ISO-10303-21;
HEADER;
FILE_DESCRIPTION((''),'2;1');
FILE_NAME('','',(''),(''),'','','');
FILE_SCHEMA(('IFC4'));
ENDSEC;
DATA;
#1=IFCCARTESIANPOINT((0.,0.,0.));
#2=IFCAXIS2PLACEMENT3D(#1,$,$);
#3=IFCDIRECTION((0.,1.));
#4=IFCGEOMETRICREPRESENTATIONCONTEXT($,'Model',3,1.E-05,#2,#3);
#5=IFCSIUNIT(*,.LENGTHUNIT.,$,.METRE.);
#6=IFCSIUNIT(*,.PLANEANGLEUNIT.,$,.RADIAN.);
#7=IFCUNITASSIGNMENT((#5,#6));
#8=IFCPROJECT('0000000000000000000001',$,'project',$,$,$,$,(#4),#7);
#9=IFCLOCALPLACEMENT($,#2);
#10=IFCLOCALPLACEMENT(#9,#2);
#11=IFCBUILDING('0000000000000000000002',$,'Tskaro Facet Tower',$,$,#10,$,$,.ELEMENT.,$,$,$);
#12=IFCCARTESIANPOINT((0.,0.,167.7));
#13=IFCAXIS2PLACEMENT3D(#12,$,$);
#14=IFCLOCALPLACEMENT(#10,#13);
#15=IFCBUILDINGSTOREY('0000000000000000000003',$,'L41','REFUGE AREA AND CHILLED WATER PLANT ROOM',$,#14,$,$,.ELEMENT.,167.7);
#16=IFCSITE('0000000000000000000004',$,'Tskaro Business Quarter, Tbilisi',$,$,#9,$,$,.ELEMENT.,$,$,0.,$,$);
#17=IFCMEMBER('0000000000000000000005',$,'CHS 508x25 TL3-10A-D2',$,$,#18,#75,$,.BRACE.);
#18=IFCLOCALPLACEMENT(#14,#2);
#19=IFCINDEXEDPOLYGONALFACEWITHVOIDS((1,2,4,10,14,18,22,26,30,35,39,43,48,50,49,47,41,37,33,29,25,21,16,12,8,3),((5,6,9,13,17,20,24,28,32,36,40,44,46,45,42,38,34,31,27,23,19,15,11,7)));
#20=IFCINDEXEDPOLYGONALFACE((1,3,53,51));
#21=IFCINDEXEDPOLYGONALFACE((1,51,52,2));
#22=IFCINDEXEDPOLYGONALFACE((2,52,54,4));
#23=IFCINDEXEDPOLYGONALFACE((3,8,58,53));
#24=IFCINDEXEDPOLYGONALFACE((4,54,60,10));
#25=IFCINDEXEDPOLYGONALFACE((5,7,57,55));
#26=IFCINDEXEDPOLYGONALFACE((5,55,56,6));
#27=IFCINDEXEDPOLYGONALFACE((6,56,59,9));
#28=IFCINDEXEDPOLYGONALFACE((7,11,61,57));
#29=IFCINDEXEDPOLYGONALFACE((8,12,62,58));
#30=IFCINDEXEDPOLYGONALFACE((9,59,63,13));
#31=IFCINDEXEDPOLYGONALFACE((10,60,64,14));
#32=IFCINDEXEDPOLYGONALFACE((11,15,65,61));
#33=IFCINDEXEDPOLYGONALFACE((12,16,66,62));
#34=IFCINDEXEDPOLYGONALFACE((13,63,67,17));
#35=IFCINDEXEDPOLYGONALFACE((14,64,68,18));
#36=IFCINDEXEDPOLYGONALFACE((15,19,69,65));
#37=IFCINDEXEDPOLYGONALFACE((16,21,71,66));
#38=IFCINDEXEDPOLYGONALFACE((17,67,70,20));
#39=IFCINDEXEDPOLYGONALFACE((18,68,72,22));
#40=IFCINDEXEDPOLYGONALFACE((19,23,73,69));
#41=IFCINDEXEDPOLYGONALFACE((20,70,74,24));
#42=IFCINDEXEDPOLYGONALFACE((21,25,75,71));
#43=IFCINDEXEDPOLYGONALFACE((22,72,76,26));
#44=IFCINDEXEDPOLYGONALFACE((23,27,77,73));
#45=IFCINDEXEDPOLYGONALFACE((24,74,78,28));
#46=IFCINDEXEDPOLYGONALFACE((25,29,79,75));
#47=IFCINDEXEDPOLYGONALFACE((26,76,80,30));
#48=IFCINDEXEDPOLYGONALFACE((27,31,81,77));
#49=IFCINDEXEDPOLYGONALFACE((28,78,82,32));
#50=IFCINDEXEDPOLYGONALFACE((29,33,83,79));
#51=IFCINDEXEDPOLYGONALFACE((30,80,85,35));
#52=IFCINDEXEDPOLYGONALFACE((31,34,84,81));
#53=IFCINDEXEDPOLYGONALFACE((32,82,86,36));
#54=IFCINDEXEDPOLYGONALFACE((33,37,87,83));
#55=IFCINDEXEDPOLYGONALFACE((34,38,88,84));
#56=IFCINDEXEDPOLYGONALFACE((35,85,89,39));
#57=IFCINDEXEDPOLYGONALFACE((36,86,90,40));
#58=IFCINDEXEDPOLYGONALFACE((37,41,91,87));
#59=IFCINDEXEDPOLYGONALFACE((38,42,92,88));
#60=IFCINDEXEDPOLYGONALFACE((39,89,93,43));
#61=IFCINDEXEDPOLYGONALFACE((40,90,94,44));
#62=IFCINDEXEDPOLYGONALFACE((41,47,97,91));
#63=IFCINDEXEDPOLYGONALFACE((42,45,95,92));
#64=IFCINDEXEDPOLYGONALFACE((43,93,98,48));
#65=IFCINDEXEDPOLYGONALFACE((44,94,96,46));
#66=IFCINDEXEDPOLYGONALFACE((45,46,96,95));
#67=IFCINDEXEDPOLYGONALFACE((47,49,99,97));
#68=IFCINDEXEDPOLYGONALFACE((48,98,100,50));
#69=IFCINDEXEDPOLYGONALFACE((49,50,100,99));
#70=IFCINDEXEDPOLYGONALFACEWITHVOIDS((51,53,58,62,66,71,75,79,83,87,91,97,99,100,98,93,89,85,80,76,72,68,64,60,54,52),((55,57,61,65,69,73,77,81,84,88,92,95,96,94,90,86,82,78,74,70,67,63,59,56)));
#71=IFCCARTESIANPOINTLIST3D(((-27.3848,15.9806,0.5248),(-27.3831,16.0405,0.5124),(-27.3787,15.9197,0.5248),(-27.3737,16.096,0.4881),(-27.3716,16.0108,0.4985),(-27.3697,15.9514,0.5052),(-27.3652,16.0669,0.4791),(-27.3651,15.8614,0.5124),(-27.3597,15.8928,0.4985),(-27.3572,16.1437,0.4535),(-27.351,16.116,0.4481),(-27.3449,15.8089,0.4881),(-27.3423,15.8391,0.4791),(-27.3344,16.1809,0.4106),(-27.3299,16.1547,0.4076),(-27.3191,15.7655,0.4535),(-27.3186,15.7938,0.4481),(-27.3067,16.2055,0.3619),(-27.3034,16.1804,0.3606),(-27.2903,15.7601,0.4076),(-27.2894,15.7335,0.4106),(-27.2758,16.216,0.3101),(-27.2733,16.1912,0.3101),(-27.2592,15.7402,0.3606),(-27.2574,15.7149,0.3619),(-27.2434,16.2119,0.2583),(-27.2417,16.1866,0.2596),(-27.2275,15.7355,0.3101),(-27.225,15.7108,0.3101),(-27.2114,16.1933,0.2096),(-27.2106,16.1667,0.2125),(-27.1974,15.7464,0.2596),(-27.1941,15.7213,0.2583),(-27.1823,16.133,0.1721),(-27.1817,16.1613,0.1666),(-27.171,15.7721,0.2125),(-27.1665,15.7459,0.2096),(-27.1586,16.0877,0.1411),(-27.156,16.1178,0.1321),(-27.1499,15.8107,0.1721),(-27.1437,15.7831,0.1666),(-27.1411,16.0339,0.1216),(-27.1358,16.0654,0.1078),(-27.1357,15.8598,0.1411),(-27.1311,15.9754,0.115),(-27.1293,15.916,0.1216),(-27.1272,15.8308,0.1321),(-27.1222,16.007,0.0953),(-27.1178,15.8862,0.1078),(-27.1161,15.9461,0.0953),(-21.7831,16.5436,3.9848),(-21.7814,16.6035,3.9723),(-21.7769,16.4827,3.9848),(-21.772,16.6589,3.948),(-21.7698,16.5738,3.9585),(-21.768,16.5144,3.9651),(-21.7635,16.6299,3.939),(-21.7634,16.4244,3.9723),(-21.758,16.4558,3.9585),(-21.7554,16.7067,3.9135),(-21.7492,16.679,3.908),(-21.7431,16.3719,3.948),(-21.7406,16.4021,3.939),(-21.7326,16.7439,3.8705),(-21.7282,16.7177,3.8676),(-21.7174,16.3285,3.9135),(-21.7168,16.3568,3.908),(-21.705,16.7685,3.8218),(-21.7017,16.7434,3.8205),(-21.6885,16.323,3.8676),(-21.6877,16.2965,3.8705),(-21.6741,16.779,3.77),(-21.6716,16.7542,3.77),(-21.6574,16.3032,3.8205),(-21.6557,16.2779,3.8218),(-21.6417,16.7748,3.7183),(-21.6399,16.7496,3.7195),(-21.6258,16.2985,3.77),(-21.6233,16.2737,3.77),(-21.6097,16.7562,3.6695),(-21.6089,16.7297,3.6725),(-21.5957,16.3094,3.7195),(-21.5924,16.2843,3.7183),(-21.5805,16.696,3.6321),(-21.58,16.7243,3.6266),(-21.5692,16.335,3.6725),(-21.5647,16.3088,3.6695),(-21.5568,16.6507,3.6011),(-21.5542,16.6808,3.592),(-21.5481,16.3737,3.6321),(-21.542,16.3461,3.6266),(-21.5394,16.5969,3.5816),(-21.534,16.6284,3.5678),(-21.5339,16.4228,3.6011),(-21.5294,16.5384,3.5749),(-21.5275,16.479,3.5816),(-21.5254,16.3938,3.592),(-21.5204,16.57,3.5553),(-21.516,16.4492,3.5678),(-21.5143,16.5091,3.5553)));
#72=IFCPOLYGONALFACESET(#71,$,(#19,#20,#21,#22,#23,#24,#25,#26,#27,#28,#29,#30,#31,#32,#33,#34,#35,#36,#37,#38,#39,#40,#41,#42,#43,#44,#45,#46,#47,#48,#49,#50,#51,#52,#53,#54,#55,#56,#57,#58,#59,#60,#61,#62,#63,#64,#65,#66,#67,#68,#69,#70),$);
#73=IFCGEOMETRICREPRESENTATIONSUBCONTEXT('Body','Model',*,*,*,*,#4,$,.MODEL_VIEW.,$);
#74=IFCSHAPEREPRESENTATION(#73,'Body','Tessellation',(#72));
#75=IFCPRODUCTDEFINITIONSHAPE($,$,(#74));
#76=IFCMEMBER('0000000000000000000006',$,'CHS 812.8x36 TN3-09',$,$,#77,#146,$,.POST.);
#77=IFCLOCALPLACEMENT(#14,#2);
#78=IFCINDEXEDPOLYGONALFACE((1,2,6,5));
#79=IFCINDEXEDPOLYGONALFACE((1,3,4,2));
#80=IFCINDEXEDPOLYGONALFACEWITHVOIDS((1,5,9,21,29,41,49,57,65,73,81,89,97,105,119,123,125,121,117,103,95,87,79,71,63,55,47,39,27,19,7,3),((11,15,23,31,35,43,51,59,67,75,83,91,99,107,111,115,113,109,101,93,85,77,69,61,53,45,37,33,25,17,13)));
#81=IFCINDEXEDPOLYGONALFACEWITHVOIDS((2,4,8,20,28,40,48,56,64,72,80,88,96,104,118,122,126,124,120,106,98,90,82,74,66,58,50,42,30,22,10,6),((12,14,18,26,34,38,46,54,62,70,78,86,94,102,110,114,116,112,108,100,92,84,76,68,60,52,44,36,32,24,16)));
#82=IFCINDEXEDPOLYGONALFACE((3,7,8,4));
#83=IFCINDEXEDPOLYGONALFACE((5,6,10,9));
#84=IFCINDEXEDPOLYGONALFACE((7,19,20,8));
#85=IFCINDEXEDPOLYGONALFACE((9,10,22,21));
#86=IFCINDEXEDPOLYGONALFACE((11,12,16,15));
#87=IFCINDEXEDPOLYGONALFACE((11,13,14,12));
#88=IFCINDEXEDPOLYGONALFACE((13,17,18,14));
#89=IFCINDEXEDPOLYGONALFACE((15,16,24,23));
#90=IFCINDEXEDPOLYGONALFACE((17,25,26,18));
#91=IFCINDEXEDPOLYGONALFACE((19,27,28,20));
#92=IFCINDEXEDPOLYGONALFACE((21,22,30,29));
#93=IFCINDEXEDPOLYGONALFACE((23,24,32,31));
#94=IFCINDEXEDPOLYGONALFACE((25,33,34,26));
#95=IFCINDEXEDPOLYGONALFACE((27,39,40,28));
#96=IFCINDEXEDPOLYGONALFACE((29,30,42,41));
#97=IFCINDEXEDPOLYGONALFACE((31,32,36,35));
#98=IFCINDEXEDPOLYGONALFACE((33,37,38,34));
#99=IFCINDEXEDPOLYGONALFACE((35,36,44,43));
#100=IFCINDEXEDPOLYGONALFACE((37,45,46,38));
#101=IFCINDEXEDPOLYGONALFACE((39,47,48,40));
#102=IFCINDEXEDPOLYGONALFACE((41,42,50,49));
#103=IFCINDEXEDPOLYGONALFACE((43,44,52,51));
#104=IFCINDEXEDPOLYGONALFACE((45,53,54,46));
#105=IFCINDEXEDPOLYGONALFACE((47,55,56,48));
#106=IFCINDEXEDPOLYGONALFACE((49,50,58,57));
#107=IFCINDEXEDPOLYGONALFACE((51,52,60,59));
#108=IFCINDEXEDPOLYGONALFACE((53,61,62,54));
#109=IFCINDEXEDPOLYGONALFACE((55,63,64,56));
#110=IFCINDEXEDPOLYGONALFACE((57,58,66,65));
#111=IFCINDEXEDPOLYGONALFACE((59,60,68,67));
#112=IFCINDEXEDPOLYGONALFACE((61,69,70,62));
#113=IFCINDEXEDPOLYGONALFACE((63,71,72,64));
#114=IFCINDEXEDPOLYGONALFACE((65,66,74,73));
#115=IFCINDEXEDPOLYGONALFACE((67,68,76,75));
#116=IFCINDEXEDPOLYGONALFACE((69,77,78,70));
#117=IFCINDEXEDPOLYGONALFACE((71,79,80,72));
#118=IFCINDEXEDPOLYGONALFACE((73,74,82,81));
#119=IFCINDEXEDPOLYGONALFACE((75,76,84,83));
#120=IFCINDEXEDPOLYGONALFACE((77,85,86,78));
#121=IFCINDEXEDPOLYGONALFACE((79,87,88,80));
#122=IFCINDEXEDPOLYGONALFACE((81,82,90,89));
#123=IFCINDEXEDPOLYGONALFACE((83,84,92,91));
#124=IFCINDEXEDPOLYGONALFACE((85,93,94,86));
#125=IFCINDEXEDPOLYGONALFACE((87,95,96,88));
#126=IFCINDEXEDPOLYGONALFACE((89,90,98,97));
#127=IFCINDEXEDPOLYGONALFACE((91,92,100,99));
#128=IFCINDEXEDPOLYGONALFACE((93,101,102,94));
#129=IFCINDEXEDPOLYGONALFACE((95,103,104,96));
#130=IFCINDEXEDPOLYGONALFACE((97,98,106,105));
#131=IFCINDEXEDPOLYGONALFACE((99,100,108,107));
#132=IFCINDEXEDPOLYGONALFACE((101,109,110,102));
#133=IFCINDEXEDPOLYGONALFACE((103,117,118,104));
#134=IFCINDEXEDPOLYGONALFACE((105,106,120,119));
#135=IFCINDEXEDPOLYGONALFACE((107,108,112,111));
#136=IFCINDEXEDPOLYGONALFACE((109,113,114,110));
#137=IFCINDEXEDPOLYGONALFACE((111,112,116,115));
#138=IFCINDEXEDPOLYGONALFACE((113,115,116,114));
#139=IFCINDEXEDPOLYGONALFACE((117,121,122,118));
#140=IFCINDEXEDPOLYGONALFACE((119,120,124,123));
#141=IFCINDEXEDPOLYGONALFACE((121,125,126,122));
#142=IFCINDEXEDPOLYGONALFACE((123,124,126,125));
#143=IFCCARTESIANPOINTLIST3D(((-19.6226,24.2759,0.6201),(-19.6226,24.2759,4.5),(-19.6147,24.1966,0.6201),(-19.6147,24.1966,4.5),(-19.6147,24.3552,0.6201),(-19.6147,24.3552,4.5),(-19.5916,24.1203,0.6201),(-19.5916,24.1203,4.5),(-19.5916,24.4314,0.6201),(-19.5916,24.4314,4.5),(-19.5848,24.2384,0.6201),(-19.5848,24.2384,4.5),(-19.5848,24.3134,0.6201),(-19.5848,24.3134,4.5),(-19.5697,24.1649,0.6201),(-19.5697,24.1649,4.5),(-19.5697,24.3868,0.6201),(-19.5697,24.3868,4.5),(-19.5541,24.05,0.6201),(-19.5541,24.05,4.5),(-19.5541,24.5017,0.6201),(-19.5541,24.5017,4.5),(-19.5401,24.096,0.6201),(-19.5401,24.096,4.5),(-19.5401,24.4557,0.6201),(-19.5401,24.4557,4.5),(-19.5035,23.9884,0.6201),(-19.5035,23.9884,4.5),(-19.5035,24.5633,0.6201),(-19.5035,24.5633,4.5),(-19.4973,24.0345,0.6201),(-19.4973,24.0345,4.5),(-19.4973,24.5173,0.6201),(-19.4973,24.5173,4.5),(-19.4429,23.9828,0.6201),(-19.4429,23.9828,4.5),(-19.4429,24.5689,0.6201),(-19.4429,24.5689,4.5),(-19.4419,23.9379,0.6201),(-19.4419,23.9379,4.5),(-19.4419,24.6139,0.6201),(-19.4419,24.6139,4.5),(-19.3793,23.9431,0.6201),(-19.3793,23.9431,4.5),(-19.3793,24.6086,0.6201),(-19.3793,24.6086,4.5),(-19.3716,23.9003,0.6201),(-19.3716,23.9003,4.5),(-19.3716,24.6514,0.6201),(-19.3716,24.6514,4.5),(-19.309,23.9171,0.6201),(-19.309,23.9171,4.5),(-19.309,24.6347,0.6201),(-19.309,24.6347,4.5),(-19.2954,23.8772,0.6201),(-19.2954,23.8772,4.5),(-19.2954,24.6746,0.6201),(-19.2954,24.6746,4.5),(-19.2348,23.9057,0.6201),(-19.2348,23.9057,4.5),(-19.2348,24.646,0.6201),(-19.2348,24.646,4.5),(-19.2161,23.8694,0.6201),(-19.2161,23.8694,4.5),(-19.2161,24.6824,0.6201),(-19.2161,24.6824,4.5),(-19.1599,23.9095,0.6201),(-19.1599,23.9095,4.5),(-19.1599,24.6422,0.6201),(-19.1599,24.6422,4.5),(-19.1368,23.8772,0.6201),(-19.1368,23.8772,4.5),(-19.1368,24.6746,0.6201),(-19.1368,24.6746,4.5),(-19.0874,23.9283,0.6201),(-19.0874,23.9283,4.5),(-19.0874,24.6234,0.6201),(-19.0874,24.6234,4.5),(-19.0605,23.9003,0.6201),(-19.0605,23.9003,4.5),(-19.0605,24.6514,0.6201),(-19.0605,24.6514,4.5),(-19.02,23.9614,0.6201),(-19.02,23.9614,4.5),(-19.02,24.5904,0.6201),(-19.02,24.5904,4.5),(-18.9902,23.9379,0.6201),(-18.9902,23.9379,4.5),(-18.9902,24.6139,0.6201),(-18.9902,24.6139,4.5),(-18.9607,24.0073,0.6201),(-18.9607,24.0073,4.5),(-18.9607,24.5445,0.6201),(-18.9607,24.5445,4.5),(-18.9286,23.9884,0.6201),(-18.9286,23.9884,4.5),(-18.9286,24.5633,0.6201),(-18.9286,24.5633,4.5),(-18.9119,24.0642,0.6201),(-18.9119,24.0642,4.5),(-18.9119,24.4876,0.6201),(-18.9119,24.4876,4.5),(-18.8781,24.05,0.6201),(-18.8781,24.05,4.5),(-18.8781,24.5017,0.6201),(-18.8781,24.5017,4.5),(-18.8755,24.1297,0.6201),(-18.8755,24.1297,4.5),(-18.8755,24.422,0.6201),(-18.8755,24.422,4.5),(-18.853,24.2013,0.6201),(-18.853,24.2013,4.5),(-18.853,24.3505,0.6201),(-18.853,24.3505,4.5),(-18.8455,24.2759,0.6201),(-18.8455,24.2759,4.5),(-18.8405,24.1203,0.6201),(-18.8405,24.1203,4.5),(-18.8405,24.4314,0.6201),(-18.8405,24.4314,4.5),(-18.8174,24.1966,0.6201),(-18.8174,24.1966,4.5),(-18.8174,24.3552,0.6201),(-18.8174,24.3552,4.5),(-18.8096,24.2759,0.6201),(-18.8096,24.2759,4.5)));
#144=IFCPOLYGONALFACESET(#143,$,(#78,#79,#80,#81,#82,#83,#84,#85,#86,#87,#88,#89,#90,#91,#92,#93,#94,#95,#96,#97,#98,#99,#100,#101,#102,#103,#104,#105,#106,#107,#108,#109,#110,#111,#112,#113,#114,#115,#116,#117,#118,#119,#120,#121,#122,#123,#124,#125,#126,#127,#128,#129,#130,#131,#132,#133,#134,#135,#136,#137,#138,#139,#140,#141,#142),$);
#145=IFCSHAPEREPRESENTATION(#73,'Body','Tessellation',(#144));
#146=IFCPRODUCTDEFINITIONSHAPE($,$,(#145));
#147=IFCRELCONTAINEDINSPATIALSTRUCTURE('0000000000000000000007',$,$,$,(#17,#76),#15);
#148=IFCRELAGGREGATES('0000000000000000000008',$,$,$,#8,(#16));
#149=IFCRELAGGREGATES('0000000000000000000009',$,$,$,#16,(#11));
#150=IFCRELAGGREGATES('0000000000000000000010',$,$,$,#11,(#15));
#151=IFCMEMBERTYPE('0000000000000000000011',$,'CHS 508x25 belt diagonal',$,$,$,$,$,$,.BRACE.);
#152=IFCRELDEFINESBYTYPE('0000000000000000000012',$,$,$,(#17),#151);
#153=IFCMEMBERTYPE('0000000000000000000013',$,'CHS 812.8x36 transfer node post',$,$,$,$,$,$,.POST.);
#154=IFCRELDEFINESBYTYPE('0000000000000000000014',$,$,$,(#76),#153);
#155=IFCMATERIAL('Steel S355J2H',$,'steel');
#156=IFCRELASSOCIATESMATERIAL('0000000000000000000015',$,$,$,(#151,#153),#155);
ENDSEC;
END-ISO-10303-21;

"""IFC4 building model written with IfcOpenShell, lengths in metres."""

from ifc_helpers import new_model, si_unit, direction, frame, origin, origin_2d, place, context, subcontext, project, spatial, hollow_circle, extrude, material, material_profile, profile_set, type_object, element, save


model = new_model("IFC4")

# Units and contexts
model_context = context("Model", 3, precision=1e-05, world=origin(), true_north=direction((0.0, 1.0)))
body_context = subcontext(model_context, "Body", "Model", "MODEL_VIEW")
ifc_project = project(units=[si_unit("LENGTHUNIT", "METRE"), si_unit("PLANEANGLEUNIT", "RADIAN")], contexts=[model_context])

# Site, building, storey
site_placement = place(None, origin())
site = spatial("IfcSite", under=ifc_project, at=site_placement, Name="Tskaro Business Quarter, Tbilisi", CompositionType="ELEMENT", RefElevation=0.0)
building_placement = place(site_placement, origin())
building = spatial("IfcBuilding", under=site, at=building_placement, Name="Tskaro Facet Tower", CompositionType="ELEMENT")
storey_placement = place(building_placement, frame((0.0, 0.0, 167.7)))
storey = spatial("IfcBuildingStorey", under=building, at=storey_placement, Name="L41", Description="REFUGE AREA AND CHILLED WATER PLANT ROOM", CompositionType="ELEMENT", Elevation=167.7)

# Shared definitions
ifc_material_1 = material(Name="Steel S355J2H", Category="steel")

# Members
ifc_material_profile_1 = material_profile(ifc_material_1, hollow_circle(Radius=0.2539, WallThickness=0.0249, at=origin_2d()), Name="CHS 508x25")
ifc_profile_set_1 = profile_set([ifc_material_profile_1], Name="Steel S355J2H")
member_type_1 = type_object("IfcMemberType", Name="CHS 508x25 belt diagonal", PredefinedType="BRACE", material=ifc_profile_set_1)
member_1_placement = place(storey_placement, frame((-21.6487, 16.5264, 3.77), z_axis=(-0.847703, -0.085195, -0.523585), x_axis=(0.099997, -0.994988, 0.0)))
element("IfcMember", 1, at=member_1_placement, inside=storey, type_object=member_type_1, Name="CHS 508x25 TL3-10A-D2", PredefinedType="BRACE", context=body_context, shape_type="SweptSolid", body=[
    extrude(hollow_circle(Radius=0.2539, WallThickness=0.0249, at=origin_2d()), origin(), (0.0, 0.0, 1.0), 6.6082),
])
ifc_material_profile_2 = material_profile(ifc_material_1, hollow_circle(Radius=0.4065, WallThickness=0.0359, at=origin_2d()), Name="CHS 812.8x36")
ifc_profile_set_2 = profile_set([ifc_material_profile_2], Name="Steel S355J2H")
member_type_2 = type_object("IfcMemberType", Name="CHS 812.8x36 transfer node post", PredefinedType="POST", material=ifc_profile_set_2)
for number, where, z_axis, x_axis, name in (
    (2, (-19.2161, 24.2759, 0.6201), (0.0, 0.0, 1.0), (1.0, 0.0, 0.0), "CHS 812.8x36 TN3-09"),
):
    element("IfcMember", number, at=place(storey_placement, frame(where, z_axis=z_axis, x_axis=x_axis)), inside=storey, type_object=member_type_2, Name=name, PredefinedType="POST", context=body_context, shape_type="SweptSolid", body=[
        extrude(hollow_circle(Radius=0.4065, WallThickness=0.0359, at=origin_2d()), origin(), (0.0, 0.0, 1.0), 3.8799),
    ])

save(model, "model.ifc")
